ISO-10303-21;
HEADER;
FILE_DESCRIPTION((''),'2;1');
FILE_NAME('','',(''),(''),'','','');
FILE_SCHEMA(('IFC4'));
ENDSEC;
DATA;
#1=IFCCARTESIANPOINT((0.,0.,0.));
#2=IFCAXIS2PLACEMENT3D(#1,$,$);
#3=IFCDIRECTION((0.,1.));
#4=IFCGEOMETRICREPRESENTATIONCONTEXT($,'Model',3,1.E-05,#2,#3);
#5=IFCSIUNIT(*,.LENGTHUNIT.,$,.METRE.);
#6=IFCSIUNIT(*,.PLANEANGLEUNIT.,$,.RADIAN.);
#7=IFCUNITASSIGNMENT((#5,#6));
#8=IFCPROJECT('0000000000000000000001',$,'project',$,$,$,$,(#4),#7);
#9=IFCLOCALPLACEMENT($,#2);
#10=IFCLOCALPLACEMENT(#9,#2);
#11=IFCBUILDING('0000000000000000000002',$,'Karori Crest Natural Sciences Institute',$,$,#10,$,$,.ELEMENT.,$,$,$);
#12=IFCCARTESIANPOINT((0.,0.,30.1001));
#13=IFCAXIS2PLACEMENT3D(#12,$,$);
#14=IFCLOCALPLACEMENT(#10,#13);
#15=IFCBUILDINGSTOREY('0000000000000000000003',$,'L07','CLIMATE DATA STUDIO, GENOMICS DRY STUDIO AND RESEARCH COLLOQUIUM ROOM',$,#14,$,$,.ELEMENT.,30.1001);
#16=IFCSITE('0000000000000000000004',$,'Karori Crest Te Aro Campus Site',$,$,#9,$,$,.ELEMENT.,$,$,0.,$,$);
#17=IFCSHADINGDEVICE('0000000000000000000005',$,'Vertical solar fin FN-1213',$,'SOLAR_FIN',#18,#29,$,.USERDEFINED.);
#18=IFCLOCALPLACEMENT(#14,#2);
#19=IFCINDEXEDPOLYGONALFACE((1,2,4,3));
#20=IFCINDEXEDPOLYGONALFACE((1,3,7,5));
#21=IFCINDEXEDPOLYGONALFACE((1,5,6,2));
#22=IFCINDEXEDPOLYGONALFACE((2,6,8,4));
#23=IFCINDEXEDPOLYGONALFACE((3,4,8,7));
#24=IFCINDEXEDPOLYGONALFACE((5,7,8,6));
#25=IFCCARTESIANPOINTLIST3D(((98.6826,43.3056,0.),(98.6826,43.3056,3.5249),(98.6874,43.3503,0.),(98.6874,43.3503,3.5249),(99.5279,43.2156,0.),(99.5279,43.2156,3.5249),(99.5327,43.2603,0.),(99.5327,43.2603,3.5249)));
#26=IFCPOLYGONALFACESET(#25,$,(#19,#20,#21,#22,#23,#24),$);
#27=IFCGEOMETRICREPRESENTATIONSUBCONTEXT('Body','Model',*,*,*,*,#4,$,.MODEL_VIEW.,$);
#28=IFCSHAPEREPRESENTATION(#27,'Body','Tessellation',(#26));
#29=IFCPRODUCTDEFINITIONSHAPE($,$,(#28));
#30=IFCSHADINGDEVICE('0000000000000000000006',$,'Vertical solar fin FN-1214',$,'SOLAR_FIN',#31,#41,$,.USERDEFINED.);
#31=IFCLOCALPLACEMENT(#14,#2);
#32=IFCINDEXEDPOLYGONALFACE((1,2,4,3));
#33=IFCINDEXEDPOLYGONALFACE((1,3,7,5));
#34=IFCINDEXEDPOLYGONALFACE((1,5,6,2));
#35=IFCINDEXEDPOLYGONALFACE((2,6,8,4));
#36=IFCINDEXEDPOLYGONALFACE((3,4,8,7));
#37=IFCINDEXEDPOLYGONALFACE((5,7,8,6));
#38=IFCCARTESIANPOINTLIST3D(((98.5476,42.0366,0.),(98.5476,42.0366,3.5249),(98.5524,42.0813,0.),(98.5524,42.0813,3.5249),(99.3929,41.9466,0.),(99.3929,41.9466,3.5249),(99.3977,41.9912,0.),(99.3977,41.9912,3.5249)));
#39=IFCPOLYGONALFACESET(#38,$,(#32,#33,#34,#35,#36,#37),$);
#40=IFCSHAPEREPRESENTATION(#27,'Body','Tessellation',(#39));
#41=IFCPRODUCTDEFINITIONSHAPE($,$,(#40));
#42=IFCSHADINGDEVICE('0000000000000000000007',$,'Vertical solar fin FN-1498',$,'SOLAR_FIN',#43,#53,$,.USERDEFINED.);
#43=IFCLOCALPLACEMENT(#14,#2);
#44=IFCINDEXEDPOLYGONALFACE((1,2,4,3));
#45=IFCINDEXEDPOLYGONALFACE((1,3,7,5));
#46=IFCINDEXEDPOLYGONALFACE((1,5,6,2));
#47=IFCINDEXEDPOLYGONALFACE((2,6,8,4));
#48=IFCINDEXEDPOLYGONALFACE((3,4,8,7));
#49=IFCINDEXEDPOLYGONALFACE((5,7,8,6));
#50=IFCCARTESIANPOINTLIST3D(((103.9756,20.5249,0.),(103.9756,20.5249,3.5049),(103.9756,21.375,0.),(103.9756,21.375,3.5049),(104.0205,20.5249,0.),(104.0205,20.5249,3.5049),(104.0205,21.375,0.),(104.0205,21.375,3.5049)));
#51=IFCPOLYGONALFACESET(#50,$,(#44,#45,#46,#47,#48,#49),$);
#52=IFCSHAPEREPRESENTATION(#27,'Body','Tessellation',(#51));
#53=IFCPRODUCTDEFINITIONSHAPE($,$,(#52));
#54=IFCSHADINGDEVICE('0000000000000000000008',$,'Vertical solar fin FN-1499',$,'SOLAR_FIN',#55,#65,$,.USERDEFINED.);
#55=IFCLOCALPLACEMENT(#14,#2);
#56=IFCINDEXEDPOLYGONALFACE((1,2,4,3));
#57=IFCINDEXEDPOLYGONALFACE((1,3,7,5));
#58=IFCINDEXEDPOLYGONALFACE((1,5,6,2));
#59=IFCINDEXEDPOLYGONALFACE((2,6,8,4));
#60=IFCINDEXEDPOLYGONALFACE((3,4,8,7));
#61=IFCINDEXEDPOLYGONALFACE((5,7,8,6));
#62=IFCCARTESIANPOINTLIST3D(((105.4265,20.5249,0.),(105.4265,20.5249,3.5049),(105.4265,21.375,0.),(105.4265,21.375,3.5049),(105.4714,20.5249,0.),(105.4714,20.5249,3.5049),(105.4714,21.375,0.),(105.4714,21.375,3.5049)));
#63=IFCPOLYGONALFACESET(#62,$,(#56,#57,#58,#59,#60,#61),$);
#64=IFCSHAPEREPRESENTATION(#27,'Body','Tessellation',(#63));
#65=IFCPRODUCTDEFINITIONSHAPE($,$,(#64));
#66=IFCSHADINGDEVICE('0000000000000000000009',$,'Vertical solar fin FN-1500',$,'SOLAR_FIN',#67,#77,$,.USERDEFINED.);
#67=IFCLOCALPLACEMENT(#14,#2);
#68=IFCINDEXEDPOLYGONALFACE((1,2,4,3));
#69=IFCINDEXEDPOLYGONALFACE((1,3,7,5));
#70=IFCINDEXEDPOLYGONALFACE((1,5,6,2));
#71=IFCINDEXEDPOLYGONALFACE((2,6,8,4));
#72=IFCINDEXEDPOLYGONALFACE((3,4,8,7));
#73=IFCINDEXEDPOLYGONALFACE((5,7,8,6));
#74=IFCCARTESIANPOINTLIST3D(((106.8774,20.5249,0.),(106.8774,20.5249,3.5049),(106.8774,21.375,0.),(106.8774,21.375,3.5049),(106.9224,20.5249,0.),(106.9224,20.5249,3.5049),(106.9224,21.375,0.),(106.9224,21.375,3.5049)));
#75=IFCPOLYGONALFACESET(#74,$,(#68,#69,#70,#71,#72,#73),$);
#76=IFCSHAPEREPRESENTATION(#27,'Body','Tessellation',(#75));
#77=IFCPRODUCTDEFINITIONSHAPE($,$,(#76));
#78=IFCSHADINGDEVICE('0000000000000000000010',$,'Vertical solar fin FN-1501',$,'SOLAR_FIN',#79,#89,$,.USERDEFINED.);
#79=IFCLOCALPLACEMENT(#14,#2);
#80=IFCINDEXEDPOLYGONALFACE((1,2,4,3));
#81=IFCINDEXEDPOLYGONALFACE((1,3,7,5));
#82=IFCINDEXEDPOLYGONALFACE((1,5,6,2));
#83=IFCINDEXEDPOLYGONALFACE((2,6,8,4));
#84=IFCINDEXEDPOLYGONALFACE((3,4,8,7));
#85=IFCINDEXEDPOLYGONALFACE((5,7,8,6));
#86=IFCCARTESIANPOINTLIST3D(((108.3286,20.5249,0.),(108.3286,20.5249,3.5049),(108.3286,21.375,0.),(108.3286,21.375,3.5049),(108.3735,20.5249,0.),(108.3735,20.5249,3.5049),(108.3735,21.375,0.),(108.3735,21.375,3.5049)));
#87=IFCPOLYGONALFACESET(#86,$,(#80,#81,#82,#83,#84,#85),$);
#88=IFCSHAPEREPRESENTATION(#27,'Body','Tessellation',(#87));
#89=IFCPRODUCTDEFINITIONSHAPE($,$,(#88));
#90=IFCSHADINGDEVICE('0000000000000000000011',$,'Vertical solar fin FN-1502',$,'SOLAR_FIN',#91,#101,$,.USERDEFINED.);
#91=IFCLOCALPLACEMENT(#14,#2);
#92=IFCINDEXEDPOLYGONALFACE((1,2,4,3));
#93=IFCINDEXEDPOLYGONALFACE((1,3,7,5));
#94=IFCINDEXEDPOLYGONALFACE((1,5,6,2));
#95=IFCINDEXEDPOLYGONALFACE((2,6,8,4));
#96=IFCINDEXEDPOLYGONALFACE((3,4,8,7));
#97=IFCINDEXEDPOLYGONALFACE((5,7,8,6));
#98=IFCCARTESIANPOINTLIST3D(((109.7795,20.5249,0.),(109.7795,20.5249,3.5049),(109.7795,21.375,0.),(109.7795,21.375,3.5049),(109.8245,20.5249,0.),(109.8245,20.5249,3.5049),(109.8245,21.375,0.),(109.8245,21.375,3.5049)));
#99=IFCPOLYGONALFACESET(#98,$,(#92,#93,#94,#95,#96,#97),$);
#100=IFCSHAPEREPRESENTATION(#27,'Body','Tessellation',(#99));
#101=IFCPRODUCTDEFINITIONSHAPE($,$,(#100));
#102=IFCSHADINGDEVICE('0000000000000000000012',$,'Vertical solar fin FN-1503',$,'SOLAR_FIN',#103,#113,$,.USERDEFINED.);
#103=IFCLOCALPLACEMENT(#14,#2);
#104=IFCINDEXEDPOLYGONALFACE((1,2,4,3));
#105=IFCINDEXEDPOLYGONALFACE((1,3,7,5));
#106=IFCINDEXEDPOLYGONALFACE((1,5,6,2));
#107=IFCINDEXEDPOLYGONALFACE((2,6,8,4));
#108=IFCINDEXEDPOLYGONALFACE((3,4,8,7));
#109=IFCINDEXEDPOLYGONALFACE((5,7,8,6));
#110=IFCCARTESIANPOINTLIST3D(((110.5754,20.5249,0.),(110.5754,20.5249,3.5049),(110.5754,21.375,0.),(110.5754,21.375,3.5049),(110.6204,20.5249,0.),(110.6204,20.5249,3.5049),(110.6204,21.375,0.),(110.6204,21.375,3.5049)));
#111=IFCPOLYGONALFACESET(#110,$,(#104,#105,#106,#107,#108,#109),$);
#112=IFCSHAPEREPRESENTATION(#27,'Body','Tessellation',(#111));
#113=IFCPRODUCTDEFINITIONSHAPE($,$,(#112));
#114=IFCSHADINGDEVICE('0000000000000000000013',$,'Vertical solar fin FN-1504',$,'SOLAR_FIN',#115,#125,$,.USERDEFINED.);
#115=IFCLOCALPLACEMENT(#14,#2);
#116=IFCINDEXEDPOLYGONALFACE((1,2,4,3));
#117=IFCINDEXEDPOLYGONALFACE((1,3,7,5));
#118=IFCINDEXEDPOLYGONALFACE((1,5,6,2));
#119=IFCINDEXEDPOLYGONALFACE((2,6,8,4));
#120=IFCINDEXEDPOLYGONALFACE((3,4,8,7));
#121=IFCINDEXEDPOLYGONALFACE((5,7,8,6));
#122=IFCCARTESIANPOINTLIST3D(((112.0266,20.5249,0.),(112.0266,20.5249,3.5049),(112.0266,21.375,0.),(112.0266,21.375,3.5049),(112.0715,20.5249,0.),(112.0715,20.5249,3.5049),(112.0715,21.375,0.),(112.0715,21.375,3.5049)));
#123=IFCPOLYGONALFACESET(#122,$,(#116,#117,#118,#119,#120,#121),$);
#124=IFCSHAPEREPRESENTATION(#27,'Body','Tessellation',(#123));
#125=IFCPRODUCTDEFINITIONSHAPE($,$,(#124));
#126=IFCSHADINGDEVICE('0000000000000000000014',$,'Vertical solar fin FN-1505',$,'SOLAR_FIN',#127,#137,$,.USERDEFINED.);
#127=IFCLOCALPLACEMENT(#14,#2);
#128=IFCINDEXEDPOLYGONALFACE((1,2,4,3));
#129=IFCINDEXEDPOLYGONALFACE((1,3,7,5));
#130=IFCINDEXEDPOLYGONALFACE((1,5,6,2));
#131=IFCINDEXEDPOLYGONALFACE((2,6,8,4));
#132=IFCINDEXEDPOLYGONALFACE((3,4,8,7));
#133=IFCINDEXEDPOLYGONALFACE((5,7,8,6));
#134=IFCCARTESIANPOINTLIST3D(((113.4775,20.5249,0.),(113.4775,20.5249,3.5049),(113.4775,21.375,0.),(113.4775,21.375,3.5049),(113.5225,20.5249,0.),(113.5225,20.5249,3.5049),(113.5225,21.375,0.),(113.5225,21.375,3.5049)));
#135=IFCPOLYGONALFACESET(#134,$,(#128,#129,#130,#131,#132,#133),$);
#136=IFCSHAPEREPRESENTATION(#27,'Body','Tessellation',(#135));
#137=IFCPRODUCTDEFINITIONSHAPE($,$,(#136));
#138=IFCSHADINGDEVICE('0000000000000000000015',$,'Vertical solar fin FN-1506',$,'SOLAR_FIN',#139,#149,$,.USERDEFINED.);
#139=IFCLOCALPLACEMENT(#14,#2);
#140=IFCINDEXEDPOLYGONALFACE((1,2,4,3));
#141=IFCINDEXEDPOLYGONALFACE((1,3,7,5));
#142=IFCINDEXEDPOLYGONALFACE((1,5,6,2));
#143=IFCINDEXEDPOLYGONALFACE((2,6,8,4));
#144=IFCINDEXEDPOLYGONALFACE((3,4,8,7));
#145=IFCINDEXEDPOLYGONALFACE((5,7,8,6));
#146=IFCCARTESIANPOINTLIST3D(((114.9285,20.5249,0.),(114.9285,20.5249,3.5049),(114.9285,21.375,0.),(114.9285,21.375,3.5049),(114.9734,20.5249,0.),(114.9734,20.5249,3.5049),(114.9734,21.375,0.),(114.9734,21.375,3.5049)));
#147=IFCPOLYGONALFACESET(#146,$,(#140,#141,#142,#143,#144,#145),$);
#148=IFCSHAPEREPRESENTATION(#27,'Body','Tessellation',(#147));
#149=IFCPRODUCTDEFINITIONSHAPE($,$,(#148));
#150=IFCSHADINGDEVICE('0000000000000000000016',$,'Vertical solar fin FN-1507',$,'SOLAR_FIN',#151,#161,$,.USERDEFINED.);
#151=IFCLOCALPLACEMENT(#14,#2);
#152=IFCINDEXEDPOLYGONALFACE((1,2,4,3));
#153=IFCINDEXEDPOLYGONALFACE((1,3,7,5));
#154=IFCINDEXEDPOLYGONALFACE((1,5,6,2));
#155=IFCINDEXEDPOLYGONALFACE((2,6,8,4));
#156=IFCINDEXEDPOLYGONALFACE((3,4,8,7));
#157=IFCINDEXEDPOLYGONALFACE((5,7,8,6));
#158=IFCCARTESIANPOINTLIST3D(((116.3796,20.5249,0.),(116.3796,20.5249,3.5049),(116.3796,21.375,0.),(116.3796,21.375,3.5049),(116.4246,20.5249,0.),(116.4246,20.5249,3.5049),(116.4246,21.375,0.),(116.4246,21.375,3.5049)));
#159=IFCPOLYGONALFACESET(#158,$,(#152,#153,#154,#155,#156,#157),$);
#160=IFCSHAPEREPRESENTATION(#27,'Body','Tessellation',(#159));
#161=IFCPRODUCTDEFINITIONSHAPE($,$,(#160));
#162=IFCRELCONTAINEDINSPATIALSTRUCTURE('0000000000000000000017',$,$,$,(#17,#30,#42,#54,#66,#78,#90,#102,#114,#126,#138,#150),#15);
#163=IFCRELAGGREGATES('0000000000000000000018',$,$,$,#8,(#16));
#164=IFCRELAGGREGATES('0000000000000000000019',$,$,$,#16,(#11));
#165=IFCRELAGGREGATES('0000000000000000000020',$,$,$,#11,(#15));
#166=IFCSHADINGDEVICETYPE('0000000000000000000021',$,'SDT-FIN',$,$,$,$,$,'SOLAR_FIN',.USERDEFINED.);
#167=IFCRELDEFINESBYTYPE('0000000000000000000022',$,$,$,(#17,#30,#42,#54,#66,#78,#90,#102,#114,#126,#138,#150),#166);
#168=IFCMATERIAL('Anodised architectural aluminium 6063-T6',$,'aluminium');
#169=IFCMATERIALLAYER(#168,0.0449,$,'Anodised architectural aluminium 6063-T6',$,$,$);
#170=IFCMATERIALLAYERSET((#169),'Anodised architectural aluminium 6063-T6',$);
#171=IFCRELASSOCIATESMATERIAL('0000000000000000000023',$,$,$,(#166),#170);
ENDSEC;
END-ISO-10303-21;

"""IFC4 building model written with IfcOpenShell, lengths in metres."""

from ifc_helpers import new_model, si_unit, direction, frame, origin, origin_2d, place, context, subcontext, project, spatial, rectangle, extrude, material, layer, layer_set, type_object, element, save


model = new_model("IFC4")

# Units and contexts
model_context = context("Model", 3, precision=1e-05, world=origin(), true_north=direction((0.0, 1.0)))
body_context = subcontext(model_context, "Body", "Model", "MODEL_VIEW")
ifc_project = project(units=[si_unit("LENGTHUNIT", "METRE"), si_unit("PLANEANGLEUNIT", "RADIAN")], contexts=[model_context])

# Site, building, storey
site_placement = place(None, origin())
site = spatial("IfcSite", under=ifc_project, at=site_placement, Name="Karori Crest Te Aro Campus Site", CompositionType="ELEMENT", RefElevation=0.0)
building_placement = place(site_placement, origin())
building = spatial("IfcBuilding", under=site, at=building_placement, Name="Karori Crest Natural Sciences Institute", CompositionType="ELEMENT")
storey_placement = place(building_placement, frame((0.0, 0.0, 30.1001)))
storey = spatial("IfcBuildingStorey", under=building, at=storey_placement, Name="L07", Description="CLIMATE DATA STUDIO, GENOMICS DRY STUDIO AND RESEARCH COLLOQUIUM ROOM", CompositionType="ELEMENT", Elevation=30.1001)

# Shared definitions
ifc_material_1 = material(Name="Anodised architectural aluminium 6063-T6", Category="aluminium")

# Shading devices
ifc_layer_1 = layer(ifc_material_1, 0.0449, Name="Anodised architectural aluminium 6063-T6")
ifc_layer_set_1 = layer_set([ifc_layer_1], Name="Anodised architectural aluminium 6063-T6")
shading_device_type = type_object("IfcShadingDeviceType", Name="SDT-FIN", ElementType="SOLAR_FIN", PredefinedType="USERDEFINED", material=ifc_layer_set_1)
for number, where, z_axis, x_axis, name in (
    (1, (99.1077, 43.283, 0.0), (0.0, 0.0, 1.0), (0.994378, -0.105886, 0.0), "Vertical solar fin FN-1213"),
    (2, (98.9727, 42.0139, 0.0), (0.0, 0.0, 1.0), (0.994378, -0.105886, 0.0), "Vertical solar fin FN-1214"),
):
    element("IfcShadingDevice", number, at=place(storey_placement, frame(where, z_axis=z_axis, x_axis=x_axis)), inside=storey, type_object=shading_device_type, Name=name, ObjectType="SOLAR_FIN", PredefinedType="USERDEFINED", context=body_context, shape_type="SweptSolid", body=[
        extrude(rectangle(XDim=0.8501, YDim=0.0449, at=origin_2d()), origin(), (0.0, 0.0, 1.0), 3.5249),
    ])
for number, where, z_axis, x_axis, name in (
    (3, (103.998, 20.95, 0.0), (0.0, 0.0, 1.0), (0.0, 1.0, 0.0), "Vertical solar fin FN-1498"),
    (4, (105.449, 20.95, 0.0), (0.0, 0.0, 1.0), (0.0, 1.0, 0.0), "Vertical solar fin FN-1499"),
    (5, (106.8999, 20.95, 0.0), (0.0, 0.0, 1.0), (0.0, 1.0, 0.0), "Vertical solar fin FN-1500"),
    (6, (108.3511, 20.95, 0.0), (0.0, 0.0, 1.0), (0.0, 1.0, 0.0), "Vertical solar fin FN-1501"),
    (7, (109.802, 20.95, 0.0), (0.0, 0.0, 1.0), (0.0, 1.0, 0.0), "Vertical solar fin FN-1502"),
    (8, (110.5979, 20.95, 0.0), (0.0, 0.0, 1.0), (0.0, 1.0, 0.0), "Vertical solar fin FN-1503"),
    (9, (112.0491, 20.95, 0.0), (0.0, 0.0, 1.0), (0.0, 1.0, 0.0), "Vertical solar fin FN-1504"),
    (10, (113.5, 20.95, 0.0), (0.0, 0.0, 1.0), (0.0, 1.0, 0.0), "Vertical solar fin FN-1505"),
    (11, (114.9509, 20.95, 0.0), (0.0, 0.0, 1.0), (0.0, 1.0, 0.0), "Vertical solar fin FN-1506"),
    (12, (116.4021, 20.95, 0.0), (0.0, 0.0, 1.0), (0.0, 1.0, 0.0), "Vertical solar fin FN-1507"),
):
    element("IfcShadingDevice", number, at=place(storey_placement, frame(where, z_axis=z_axis, x_axis=x_axis)), inside=storey, type_object=shading_device_type, Name=name, ObjectType="SOLAR_FIN", PredefinedType="USERDEFINED", context=body_context, shape_type="SweptSolid", body=[
        extrude(rectangle(XDim=0.8501, YDim=0.0449, at=origin_2d()), origin(), (0.0, 0.0, 1.0), 3.5049),
    ])

save(model, "model.ifc")
